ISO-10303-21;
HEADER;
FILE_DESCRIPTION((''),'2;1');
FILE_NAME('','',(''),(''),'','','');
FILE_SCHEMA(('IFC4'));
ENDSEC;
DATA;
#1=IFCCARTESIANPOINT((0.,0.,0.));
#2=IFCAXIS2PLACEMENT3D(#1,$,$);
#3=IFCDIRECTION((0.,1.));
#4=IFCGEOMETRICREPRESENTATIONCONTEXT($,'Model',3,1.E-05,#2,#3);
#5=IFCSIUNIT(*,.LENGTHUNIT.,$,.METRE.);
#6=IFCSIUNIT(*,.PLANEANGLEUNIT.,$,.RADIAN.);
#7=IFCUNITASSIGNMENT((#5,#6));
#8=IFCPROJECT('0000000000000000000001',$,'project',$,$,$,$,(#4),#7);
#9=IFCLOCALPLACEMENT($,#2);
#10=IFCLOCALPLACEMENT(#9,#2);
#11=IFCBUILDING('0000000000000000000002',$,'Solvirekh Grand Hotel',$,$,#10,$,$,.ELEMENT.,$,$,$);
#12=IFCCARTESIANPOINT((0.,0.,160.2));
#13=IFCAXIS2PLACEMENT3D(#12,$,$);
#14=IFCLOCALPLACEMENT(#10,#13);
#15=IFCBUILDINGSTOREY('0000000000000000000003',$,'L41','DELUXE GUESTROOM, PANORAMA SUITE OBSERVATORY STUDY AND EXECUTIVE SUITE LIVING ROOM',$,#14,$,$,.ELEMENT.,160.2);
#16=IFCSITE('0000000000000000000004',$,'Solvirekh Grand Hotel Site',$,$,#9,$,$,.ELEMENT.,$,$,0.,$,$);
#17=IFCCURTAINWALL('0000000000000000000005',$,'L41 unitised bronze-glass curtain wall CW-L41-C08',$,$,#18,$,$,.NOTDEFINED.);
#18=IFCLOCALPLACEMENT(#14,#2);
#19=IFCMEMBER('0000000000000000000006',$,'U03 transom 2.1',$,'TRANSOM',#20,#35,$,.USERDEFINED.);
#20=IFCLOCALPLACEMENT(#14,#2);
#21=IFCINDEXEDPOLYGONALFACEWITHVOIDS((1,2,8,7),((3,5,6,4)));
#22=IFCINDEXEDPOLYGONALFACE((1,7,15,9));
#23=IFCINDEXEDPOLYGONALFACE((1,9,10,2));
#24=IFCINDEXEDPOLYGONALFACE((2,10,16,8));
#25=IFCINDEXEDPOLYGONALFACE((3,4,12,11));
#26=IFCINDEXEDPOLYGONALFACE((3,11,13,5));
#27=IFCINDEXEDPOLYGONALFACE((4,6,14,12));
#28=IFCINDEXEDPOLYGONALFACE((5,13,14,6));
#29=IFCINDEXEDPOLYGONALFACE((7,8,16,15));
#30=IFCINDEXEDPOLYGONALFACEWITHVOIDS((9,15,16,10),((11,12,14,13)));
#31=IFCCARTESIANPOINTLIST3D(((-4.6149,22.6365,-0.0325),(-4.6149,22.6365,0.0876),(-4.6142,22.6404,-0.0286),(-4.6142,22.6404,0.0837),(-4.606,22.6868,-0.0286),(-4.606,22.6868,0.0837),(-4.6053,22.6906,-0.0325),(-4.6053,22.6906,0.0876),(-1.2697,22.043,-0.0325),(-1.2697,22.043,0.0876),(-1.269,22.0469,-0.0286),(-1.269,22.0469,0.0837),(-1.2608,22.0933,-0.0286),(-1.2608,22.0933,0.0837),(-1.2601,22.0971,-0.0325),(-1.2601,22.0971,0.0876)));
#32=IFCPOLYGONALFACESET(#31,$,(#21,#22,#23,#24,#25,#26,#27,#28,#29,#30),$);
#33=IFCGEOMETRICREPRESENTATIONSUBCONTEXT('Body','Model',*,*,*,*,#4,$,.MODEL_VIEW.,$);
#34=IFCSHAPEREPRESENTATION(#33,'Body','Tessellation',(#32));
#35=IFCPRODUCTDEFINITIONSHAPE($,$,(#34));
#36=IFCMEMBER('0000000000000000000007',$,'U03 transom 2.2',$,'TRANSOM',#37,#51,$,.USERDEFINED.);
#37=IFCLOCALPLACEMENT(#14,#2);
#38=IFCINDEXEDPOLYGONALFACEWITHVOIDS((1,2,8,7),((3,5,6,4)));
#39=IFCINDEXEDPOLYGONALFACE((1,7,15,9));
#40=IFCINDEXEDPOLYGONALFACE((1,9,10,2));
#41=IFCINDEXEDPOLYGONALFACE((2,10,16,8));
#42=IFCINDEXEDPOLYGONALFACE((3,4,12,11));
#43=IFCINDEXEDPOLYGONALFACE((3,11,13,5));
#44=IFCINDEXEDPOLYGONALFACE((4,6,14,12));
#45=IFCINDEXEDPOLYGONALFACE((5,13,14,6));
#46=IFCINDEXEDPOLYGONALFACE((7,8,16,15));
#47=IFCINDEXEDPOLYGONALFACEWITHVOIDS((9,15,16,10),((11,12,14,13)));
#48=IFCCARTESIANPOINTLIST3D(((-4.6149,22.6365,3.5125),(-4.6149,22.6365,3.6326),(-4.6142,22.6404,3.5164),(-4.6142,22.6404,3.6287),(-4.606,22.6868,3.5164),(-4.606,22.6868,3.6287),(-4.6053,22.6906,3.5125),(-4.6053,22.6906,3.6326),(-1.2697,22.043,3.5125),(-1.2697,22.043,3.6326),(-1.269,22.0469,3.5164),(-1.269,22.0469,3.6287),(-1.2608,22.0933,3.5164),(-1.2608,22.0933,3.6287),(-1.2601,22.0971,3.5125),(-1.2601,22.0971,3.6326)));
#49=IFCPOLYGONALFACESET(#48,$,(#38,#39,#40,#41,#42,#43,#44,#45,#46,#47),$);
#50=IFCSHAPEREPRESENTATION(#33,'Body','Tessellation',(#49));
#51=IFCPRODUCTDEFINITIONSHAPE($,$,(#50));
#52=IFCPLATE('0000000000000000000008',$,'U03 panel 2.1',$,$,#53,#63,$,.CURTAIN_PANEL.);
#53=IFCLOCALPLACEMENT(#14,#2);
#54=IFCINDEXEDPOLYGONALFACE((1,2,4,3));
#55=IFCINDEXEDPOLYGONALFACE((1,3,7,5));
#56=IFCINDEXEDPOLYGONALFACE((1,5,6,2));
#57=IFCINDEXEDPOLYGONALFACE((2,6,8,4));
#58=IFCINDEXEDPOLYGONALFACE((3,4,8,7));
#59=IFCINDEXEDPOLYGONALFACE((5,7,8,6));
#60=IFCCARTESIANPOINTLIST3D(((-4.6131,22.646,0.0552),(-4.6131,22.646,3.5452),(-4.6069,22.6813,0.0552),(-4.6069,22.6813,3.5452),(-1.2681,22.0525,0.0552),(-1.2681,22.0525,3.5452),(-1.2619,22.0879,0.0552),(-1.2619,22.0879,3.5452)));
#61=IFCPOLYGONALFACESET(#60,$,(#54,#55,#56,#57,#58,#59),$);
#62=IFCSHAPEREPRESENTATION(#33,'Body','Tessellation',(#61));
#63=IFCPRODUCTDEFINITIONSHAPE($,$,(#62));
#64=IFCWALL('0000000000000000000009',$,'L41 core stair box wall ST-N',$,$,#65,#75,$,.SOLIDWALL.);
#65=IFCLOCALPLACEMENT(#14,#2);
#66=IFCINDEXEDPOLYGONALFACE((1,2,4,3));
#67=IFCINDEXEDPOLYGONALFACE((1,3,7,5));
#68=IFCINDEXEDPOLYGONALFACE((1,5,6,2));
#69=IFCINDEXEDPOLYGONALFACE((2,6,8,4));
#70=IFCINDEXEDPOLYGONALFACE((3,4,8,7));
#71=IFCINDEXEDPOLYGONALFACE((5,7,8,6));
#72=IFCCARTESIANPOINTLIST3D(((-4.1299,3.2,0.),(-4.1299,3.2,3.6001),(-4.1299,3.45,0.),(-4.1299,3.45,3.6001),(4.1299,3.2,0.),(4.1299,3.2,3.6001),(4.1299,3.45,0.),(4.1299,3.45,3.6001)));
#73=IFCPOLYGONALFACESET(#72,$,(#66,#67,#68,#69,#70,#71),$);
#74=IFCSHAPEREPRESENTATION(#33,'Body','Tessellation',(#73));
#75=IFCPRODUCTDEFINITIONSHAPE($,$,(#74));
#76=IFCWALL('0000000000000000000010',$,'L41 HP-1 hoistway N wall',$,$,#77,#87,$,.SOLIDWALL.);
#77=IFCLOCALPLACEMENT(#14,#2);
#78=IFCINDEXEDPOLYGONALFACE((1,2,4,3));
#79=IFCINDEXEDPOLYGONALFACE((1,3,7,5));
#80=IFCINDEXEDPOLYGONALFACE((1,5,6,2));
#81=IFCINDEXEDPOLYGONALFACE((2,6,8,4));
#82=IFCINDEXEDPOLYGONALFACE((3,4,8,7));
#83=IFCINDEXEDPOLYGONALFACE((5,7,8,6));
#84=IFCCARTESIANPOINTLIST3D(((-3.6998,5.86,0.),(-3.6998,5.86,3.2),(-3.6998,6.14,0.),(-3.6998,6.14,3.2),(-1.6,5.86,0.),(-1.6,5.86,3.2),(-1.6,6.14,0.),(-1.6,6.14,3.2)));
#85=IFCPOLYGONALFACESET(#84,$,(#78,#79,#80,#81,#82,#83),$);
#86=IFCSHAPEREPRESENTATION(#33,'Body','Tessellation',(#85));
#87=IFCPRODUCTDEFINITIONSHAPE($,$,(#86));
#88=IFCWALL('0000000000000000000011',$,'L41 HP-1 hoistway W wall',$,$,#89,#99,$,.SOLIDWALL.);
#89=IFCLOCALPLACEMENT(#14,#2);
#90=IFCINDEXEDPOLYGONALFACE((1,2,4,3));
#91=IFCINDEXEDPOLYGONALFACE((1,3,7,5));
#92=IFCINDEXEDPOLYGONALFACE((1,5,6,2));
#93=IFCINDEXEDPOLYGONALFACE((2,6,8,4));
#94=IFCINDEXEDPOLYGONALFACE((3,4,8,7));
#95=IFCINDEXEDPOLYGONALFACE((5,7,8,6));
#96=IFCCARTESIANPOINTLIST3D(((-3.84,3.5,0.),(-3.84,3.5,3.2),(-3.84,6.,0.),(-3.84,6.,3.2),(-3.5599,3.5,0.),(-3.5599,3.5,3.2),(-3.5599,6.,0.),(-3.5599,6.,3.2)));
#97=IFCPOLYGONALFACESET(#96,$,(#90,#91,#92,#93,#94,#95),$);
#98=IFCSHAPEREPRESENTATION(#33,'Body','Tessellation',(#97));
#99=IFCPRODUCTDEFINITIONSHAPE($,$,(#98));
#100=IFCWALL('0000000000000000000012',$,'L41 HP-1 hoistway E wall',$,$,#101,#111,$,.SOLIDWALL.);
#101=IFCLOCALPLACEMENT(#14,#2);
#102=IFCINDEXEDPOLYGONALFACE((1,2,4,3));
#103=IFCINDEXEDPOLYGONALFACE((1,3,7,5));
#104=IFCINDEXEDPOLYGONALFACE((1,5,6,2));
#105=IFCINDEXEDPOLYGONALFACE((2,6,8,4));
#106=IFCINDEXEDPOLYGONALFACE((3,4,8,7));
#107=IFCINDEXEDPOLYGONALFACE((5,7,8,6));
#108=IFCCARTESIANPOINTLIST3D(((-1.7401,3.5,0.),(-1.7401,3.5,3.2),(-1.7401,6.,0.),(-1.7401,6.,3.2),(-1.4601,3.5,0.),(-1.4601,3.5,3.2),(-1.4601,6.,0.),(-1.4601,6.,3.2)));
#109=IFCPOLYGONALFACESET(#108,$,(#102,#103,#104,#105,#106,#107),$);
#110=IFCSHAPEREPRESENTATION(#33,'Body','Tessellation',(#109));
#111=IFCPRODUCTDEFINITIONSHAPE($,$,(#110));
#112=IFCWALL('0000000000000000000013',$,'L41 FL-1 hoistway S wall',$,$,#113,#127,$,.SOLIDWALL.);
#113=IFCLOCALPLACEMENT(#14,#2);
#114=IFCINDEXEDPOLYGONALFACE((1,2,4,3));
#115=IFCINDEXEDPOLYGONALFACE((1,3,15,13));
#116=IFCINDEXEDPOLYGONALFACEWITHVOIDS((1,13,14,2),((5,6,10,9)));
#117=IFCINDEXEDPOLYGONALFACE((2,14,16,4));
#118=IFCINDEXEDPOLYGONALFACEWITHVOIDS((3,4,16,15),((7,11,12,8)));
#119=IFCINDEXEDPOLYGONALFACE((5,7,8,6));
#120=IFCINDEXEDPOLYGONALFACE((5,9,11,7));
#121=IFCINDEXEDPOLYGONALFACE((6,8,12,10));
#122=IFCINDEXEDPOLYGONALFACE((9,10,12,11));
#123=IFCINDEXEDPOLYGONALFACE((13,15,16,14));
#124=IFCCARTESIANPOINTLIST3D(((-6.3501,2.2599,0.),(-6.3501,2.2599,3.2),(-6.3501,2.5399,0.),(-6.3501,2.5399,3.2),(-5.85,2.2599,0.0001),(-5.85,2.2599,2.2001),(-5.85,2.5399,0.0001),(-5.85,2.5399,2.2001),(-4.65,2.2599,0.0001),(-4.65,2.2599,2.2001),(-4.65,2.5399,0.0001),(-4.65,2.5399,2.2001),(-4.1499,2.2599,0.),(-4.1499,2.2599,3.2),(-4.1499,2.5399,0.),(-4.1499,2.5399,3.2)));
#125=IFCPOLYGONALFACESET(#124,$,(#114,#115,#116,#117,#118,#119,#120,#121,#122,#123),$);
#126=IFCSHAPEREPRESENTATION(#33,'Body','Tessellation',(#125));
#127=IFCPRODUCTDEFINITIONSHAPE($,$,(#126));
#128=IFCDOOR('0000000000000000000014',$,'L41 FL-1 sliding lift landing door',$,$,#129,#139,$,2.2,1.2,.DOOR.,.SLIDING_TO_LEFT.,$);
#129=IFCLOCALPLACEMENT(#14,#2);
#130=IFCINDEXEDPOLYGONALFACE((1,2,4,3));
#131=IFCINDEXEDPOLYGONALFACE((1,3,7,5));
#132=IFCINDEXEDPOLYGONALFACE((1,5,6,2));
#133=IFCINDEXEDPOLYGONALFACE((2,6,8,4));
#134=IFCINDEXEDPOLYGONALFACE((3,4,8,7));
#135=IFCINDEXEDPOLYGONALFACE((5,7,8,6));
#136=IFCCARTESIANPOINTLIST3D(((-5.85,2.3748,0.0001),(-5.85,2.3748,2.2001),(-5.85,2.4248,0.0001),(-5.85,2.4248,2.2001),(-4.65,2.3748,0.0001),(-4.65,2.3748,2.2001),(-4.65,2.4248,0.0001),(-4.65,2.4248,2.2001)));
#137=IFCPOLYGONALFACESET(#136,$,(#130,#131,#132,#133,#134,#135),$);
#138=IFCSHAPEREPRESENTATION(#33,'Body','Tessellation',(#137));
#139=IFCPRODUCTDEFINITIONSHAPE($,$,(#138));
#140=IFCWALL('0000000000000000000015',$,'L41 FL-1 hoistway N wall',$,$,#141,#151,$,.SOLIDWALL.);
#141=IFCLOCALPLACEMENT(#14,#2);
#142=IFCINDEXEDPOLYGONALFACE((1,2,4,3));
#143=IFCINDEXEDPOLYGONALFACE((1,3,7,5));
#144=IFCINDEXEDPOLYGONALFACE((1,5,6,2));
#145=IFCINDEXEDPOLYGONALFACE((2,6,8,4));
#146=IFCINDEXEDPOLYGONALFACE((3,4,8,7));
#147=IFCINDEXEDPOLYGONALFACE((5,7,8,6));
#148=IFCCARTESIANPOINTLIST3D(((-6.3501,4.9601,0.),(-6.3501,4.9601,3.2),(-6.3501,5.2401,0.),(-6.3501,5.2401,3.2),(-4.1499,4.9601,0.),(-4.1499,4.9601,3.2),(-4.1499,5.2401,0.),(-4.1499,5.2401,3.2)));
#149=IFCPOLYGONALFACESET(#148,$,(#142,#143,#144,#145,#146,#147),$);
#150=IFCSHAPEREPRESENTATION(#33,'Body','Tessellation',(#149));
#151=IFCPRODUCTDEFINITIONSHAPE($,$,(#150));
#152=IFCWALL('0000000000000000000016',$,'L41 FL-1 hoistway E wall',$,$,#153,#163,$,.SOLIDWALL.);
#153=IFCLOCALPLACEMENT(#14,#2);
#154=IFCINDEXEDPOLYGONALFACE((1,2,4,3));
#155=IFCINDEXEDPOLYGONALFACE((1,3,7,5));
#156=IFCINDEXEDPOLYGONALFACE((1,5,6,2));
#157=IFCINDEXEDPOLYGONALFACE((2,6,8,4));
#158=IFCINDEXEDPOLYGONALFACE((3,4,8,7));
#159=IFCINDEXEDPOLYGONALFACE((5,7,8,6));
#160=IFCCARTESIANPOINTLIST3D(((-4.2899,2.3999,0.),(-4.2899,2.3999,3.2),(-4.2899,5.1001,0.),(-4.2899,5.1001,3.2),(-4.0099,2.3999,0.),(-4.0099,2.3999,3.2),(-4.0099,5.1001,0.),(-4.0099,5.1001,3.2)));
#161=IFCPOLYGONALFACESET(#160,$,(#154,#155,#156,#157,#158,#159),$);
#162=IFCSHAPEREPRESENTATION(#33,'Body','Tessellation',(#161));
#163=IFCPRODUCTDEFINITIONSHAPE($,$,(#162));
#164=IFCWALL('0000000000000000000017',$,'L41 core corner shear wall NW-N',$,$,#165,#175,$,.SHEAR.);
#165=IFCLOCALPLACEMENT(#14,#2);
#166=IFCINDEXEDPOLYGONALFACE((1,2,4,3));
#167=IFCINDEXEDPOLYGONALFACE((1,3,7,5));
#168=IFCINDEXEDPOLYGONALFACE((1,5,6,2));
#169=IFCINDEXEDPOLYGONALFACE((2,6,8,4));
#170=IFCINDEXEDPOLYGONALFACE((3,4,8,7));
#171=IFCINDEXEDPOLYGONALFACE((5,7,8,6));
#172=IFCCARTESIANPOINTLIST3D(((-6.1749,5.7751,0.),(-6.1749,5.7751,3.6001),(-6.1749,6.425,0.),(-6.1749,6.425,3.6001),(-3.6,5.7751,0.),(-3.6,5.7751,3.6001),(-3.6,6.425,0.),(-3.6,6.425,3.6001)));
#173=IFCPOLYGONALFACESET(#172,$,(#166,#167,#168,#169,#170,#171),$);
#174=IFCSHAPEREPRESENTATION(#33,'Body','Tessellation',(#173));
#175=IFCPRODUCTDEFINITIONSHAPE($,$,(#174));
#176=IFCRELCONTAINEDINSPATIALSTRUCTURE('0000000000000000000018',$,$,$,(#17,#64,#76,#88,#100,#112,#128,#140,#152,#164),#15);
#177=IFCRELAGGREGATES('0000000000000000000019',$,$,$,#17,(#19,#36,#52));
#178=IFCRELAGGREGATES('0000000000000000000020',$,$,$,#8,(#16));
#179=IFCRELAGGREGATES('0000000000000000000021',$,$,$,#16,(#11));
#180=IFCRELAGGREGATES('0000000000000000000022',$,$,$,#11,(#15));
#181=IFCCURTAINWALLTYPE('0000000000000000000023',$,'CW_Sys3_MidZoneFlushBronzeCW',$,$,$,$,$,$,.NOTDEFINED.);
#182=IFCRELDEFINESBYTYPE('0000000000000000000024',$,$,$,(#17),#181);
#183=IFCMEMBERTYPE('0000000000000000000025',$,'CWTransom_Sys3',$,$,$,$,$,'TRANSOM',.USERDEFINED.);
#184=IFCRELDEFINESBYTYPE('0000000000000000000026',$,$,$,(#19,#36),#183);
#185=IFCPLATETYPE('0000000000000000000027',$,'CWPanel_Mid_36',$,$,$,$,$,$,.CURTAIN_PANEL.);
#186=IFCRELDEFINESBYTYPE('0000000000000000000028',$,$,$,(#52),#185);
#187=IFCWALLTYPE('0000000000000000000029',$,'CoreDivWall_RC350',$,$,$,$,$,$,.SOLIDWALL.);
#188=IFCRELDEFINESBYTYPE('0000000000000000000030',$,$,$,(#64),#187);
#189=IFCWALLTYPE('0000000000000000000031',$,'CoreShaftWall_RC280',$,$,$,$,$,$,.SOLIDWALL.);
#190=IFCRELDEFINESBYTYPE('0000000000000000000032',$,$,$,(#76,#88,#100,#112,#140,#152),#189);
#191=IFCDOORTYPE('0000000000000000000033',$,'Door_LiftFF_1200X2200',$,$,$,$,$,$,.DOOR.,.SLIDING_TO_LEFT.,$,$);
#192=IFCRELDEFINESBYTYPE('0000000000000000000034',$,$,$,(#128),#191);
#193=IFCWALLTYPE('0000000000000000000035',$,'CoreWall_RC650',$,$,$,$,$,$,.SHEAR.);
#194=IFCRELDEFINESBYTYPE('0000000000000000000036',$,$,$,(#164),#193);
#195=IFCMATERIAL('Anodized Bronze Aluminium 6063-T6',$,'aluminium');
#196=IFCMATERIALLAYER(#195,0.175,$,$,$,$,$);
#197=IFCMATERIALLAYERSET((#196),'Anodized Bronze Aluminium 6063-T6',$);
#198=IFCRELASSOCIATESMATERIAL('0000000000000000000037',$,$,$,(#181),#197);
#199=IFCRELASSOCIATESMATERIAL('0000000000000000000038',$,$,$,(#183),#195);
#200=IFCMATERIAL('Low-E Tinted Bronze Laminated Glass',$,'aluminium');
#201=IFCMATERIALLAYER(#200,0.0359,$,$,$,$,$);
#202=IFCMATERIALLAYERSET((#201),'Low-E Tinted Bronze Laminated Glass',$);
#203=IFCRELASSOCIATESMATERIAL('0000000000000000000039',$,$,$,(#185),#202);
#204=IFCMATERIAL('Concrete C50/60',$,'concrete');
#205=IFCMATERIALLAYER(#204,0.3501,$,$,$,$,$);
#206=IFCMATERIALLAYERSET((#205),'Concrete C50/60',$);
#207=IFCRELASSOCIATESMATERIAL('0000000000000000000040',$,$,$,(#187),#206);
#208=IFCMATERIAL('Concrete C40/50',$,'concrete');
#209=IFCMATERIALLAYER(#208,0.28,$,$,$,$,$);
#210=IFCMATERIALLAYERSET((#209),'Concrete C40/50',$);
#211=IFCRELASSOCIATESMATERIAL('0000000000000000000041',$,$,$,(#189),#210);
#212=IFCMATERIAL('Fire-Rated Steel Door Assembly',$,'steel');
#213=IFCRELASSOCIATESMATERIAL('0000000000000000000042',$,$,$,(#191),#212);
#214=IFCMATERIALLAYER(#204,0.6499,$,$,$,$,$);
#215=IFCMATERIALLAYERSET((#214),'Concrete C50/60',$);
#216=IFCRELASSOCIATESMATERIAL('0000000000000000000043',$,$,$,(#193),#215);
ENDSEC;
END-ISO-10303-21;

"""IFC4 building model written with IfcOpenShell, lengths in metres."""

from ifc_helpers import new_model, si_unit, direction, frame, frame_2d, origin, origin_2d, place, context, subcontext, project, spatial, rectangle, hollow_rectangle, extrude, source, transform, mapped, material, layer, layer_set, material_profile, profile_set, type_object, element, fill, aggregate, save


model = new_model("IFC4")

# Units and contexts
model_context = context("Model", 3, precision=1e-05, world=origin(), true_north=direction((0.0, 1.0)))
body_context = subcontext(model_context, "Body", "Model", "MODEL_VIEW")
ifc_project = project(units=[si_unit("LENGTHUNIT", "METRE"), si_unit("PLANEANGLEUNIT", "RADIAN")], contexts=[model_context])

# Site, building, storey
site_placement = place(None, origin())
site = spatial("IfcSite", under=ifc_project, at=site_placement, Name="Solvirekh Grand Hotel Site", CompositionType="ELEMENT", RefElevation=0.0)
building_placement = place(site_placement, origin())
building = spatial("IfcBuilding", under=site, at=building_placement, Name="Solvirekh Grand Hotel", CompositionType="ELEMENT")
storey_placement = place(building_placement, frame((0.0, 0.0, 160.2)))
storey = spatial("IfcBuildingStorey", under=building, at=storey_placement, Name="L41", Description="DELUXE GUESTROOM, PANORAMA SUITE OBSERVATORY STUDY AND EXECUTIVE SUITE LIVING ROOM", CompositionType="ELEMENT", Elevation=160.2)

# Shared definitions
ifc_material_1 = material(Name="Concrete C50/60", Category="concrete")

# Curtain wall, members, plate
ifc_material_2 = material(Name="Anodized Bronze Aluminium 6063-T6", Category="aluminium")
ifc_layer_1 = layer(ifc_material_2, 0.175)
ifc_layer_set_1 = layer_set([ifc_layer_1], Name="Anodized Bronze Aluminium 6063-T6")
curtain_wall_type = type_object("IfcCurtainWallType", Name="CW_Sys3_MidZoneFlushBronzeCW", PredefinedType="NOTDEFINED", material=ifc_layer_set_1)
curtain_wall_placement = place(storey_placement, origin())
curtain_wall = element("IfcCurtainWall", 1, at=curtain_wall_placement, inside=storey, type_object=curtain_wall_type, Name="L41 unitised bronze-glass curtain wall CW-L41-C08", PredefinedType="NOTDEFINED")
ifc_material_profile_1 = material_profile(ifc_material_2, hollow_rectangle(XDim=0.0549, YDim=0.1201, WallThickness=0.0039, at=origin_2d()), Name="ALU RHS 120X55X4")
ifc_profile_set_1 = profile_set([ifc_material_profile_1], Name="Anodized Bronze Aluminium 6063-T6")
member_type_1 = type_object("IfcMemberType", Name="CWTransom_Sys3", ElementType="TRANSOM", PredefinedType="USERDEFINED", material=ifc_profile_set_1)
shared_shape_1 = source(origin(), body_context, "Body", "SweptSolid", [
    extrude(hollow_rectangle(XDim=0.0549, YDim=0.1201, WallThickness=0.0039, at=origin_2d()), origin(), (0.0, 0.0, 1.0), 3.3975),
])
member_1_placement = place(storey_placement, frame((-1.2649, 22.0701, 0.0276), z_axis=(-0.984623, 0.174691, 0.0), x_axis=(-0.174691, -0.984623, 0.0)))
member_1 = element("IfcMember", 2, at=member_1_placement, type_object=member_type_1, Name="U03 transom 2.1", ObjectType="TRANSOM", PredefinedType="USERDEFINED", context=body_context, shape_type="MappedRepresentation", body=[
    mapped(shared_shape_1, transform((0.0, 0.0, 0.0), x_axis=(1.0, 0.0, 0.0), y_axis=(0.0, 1.0, 0.0), z_axis=(0.0, 0.0, 1.0), scale=1.0)),
])
member_2_placement = place(storey_placement, frame((-1.2649, 22.0701, 3.5725), z_axis=(-0.984623, 0.174691, 0.0), x_axis=(-0.174691, -0.984623, 0.0)))
member_2 = element("IfcMember", 3, at=member_2_placement, type_object=member_type_1, Name="U03 transom 2.2", ObjectType="TRANSOM", PredefinedType="USERDEFINED", context=body_context, shape_type="MappedRepresentation", body=[
    mapped(shared_shape_1, transform((0.0, 0.0, 0.0), x_axis=(1.0, 0.0, 0.0), y_axis=(0.0, 1.0, 0.0), z_axis=(0.0, 0.0, 1.0), scale=1.0)),
])
ifc_material_3 = material(Name="Low-E Tinted Bronze Laminated Glass", Category="aluminium")
ifc_layer_2 = layer(ifc_material_3, 0.0359)
ifc_layer_set_2 = layer_set([ifc_layer_2], Name="Low-E Tinted Bronze Laminated Glass")
plate_type = type_object("IfcPlateType", Name="CWPanel_Mid_36", PredefinedType="CURTAIN_PANEL", material=ifc_layer_set_2)
shared_shape_2 = source(origin(), body_context, "Body", "SweptSolid", [
    extrude(rectangle(XDim=3.3972, YDim=0.0359, at=origin_2d()), origin(), (0.0, 0.0, 1.0), 3.49),
])
plate_placement = place(storey_placement, frame((-2.9375, 22.3669, 0.0552), z_axis=(0.0, 0.0, 1.0), x_axis=(-0.984623, 0.174691, 0.0)))
plate = element("IfcPlate", 4, at=plate_placement, type_object=plate_type, Name="U03 panel 2.1", PredefinedType="CURTAIN_PANEL", context=body_context, shape_type="MappedRepresentation", body=[
    mapped(shared_shape_2, transform((0.0, 0.0, 0.0), x_axis=(1.0, 0.0, 0.0), y_axis=(0.0, 1.0, 0.0), z_axis=(0.0, 0.0, 1.0), scale=1.0)),
])
aggregate(curtain_wall, [member_1, member_2, plate])

# Walls
ifc_layer_3 = layer(ifc_material_1, 0.3501)
ifc_layer_set_3 = layer_set([ifc_layer_3], Name="Concrete C50/60")
wall_type_1 = type_object("IfcWallType", Name="CoreDivWall_RC350", PredefinedType="SOLIDWALL", material=ifc_layer_set_3)
wall_1_placement = place(storey_placement, frame((-4.1299, 3.325, 0.0), z_axis=(0.0, 0.0, 1.0), x_axis=(1.0, 0.0, 0.0)))
element("IfcWall", 5, at=wall_1_placement, inside=storey, type_object=wall_type_1, Name="L41 core stair box wall ST-N", PredefinedType="SOLIDWALL", context=body_context, shape_type="SweptSolid", body=[
    extrude(rectangle(XDim=8.2598, YDim=0.25, at=frame_2d((4.1299, 0.0))), origin(), (0.0, 0.0, 1.0), 3.6001),
])
ifc_material_4 = material(Name="Concrete C40/50", Category="concrete")
ifc_layer_4 = layer(ifc_material_4, 0.28)
ifc_layer_set_4 = layer_set([ifc_layer_4], Name="Concrete C40/50")
wall_type_2 = type_object("IfcWallType", Name="CoreShaftWall_RC280", PredefinedType="SOLIDWALL", material=ifc_layer_set_4)
wall_2_placement = place(storey_placement, frame((-1.6001, 6.0, 0.0), z_axis=(0.0, 0.0, 1.0), x_axis=(-1.0, 0.0, 0.0)))
element("IfcWall", 6, at=wall_2_placement, inside=storey, type_object=wall_type_2, Name="L41 HP-1 hoistway N wall", PredefinedType="SOLIDWALL", context=body_context, shape_type="SweptSolid", body=[
    extrude(rectangle(XDim=2.0999, YDim=0.28, at=frame_2d((1.0498, 0.0))), origin(), (0.0, 0.0, 1.0), 3.2),
])
for number, where, z_axis, x_axis, name in (
    (7, (-3.7, 6.0, 0.0), (0.0, 0.0, 1.0), (0.0, -1.0, 0.0), "L41 HP-1 hoistway W wall"),
    (8, (-1.6001, 3.5, 0.0), (0.0, 0.0, 1.0), (0.0, 1.0, 0.0), "L41 HP-1 hoistway E wall"),
):
    element("IfcWall", number, at=place(storey_placement, frame(where, z_axis=z_axis, x_axis=x_axis)), inside=storey, type_object=wall_type_2, Name=name, PredefinedType="SOLIDWALL", context=body_context, shape_type="SweptSolid", body=[
        extrude(rectangle(XDim=2.5, YDim=0.28, at=frame_2d((1.25, 0.0))), origin(), (0.0, 0.0, 1.0), 3.2),
    ])

# Wall, opening, door
wall_3_placement = place(storey_placement, frame((-6.3501, 2.3999, 0.0), z_axis=(0.0, 0.0, 1.0), x_axis=(1.0, 0.0, 0.0)))
wall_3 = element("IfcWall", 9, at=wall_3_placement, inside=storey, type_object=wall_type_2, Name="L41 FL-1 hoistway S wall", PredefinedType="SOLIDWALL", context=body_context, shape_type="SweptSolid", body=[
    extrude(rectangle(XDim=2.2002, YDim=0.28, at=frame_2d((1.1001, 0.0))), origin(), (0.0, 0.0, 1.0), 3.2),
])
opening_1_placement = place(wall_3_placement, frame((0.5, 0.0, 0.0)))
opening_1 = element("IfcOpeningElement", 10, at=opening_1_placement, cuts=wall_3, PredefinedType="OPENING", context=body_context, shape_type="SweptSolid", body=[
    extrude(rectangle(XDim=1.2, YDim=2.2, at=frame_2d((0.6001, 1.1001))), frame((0.0, 0.1499, 0.0), z_axis=(0.0, -1.0, 0.0), x_axis=(1.0, 0.0, 0.0)), (0.0, 0.0, 1.0), 0.3),
])
ifc_material_5 = material(Name="Fire-Rated Steel Door Assembly", Category="steel")
door_type_1 = type_object("IfcDoorType", Name="Door_LiftFF_1200X2200", OperationType="SLIDING_TO_LEFT", PredefinedType="DOOR", material=ifc_material_5)
door_1_placement = place(opening_1_placement, origin())
door_1 = element("IfcDoor", 11, at=door_1_placement, inside=storey, type_object=door_type_1, Name="L41 FL-1 sliding lift landing door", OperationType="SLIDING_TO_LEFT", OverallHeight=2.2, OverallWidth=1.2, PredefinedType="DOOR", context=body_context, shape_type="SweptSolid", body=[
    extrude(rectangle(XDim=1.2, YDim=2.2, at=frame_2d((0.6001, 1.1001))), frame((0.0, 0.0249, 0.0), z_axis=(0.0, -1.0, 0.0), x_axis=(1.0, 0.0, 0.0)), (0.0, 0.0, 1.0), 0.05),
])
fill(opening_1, door_1)

# Walls
wall_4_placement = place(storey_placement, frame((-4.1499, 5.1001, 0.0), z_axis=(0.0, 0.0, 1.0), x_axis=(-1.0, 0.0, 0.0)))
element("IfcWall", 12, at=wall_4_placement, inside=storey, type_object=wall_type_2, Name="L41 FL-1 hoistway N wall", PredefinedType="SOLIDWALL", context=body_context, shape_type="SweptSolid", body=[
    extrude(rectangle(XDim=2.2002, YDim=0.28, at=frame_2d((1.1001, 0.0))), origin(), (0.0, 0.0, 1.0), 3.2),
])
wall_5_placement = place(storey_placement, frame((-4.1499, 2.3999, 0.0), z_axis=(0.0, 0.0, 1.0), x_axis=(0.0, 1.0, 0.0)))
element("IfcWall", 13, at=wall_5_placement, inside=storey, type_object=wall_type_2, Name="L41 FL-1 hoistway E wall", PredefinedType="SOLIDWALL", context=body_context, shape_type="SweptSolid", body=[
    extrude(rectangle(XDim=2.7002, YDim=0.28, at=frame_2d((1.3501, 0.0))), origin(), (0.0, 0.0, 1.0), 3.2),
])
ifc_layer_5 = layer(ifc_material_1, 0.6499)
ifc_layer_set_5 = layer_set([ifc_layer_5], Name="Concrete C50/60")
wall_type_3 = type_object("IfcWallType", Name="CoreWall_RC650", PredefinedType="SHEAR", material=ifc_layer_set_5)
wall_6_placement = place(storey_placement, frame((-6.175, 6.1001, 0.0), z_axis=(0.0, 0.0, 1.0), x_axis=(1.0, 0.0, 0.0)))
element("IfcWall", 14, at=wall_6_placement, inside=storey, type_object=wall_type_3, Name="L41 core corner shear wall NW-N", PredefinedType="SHEAR", context=body_context, shape_type="SweptSolid", body=[
    extrude(rectangle(XDim=2.575, YDim=0.6499, at=frame_2d((1.2876, 0.0))), origin(), (0.0, 0.0, 1.0), 3.6001),
])

save(model, "model.ifc")
